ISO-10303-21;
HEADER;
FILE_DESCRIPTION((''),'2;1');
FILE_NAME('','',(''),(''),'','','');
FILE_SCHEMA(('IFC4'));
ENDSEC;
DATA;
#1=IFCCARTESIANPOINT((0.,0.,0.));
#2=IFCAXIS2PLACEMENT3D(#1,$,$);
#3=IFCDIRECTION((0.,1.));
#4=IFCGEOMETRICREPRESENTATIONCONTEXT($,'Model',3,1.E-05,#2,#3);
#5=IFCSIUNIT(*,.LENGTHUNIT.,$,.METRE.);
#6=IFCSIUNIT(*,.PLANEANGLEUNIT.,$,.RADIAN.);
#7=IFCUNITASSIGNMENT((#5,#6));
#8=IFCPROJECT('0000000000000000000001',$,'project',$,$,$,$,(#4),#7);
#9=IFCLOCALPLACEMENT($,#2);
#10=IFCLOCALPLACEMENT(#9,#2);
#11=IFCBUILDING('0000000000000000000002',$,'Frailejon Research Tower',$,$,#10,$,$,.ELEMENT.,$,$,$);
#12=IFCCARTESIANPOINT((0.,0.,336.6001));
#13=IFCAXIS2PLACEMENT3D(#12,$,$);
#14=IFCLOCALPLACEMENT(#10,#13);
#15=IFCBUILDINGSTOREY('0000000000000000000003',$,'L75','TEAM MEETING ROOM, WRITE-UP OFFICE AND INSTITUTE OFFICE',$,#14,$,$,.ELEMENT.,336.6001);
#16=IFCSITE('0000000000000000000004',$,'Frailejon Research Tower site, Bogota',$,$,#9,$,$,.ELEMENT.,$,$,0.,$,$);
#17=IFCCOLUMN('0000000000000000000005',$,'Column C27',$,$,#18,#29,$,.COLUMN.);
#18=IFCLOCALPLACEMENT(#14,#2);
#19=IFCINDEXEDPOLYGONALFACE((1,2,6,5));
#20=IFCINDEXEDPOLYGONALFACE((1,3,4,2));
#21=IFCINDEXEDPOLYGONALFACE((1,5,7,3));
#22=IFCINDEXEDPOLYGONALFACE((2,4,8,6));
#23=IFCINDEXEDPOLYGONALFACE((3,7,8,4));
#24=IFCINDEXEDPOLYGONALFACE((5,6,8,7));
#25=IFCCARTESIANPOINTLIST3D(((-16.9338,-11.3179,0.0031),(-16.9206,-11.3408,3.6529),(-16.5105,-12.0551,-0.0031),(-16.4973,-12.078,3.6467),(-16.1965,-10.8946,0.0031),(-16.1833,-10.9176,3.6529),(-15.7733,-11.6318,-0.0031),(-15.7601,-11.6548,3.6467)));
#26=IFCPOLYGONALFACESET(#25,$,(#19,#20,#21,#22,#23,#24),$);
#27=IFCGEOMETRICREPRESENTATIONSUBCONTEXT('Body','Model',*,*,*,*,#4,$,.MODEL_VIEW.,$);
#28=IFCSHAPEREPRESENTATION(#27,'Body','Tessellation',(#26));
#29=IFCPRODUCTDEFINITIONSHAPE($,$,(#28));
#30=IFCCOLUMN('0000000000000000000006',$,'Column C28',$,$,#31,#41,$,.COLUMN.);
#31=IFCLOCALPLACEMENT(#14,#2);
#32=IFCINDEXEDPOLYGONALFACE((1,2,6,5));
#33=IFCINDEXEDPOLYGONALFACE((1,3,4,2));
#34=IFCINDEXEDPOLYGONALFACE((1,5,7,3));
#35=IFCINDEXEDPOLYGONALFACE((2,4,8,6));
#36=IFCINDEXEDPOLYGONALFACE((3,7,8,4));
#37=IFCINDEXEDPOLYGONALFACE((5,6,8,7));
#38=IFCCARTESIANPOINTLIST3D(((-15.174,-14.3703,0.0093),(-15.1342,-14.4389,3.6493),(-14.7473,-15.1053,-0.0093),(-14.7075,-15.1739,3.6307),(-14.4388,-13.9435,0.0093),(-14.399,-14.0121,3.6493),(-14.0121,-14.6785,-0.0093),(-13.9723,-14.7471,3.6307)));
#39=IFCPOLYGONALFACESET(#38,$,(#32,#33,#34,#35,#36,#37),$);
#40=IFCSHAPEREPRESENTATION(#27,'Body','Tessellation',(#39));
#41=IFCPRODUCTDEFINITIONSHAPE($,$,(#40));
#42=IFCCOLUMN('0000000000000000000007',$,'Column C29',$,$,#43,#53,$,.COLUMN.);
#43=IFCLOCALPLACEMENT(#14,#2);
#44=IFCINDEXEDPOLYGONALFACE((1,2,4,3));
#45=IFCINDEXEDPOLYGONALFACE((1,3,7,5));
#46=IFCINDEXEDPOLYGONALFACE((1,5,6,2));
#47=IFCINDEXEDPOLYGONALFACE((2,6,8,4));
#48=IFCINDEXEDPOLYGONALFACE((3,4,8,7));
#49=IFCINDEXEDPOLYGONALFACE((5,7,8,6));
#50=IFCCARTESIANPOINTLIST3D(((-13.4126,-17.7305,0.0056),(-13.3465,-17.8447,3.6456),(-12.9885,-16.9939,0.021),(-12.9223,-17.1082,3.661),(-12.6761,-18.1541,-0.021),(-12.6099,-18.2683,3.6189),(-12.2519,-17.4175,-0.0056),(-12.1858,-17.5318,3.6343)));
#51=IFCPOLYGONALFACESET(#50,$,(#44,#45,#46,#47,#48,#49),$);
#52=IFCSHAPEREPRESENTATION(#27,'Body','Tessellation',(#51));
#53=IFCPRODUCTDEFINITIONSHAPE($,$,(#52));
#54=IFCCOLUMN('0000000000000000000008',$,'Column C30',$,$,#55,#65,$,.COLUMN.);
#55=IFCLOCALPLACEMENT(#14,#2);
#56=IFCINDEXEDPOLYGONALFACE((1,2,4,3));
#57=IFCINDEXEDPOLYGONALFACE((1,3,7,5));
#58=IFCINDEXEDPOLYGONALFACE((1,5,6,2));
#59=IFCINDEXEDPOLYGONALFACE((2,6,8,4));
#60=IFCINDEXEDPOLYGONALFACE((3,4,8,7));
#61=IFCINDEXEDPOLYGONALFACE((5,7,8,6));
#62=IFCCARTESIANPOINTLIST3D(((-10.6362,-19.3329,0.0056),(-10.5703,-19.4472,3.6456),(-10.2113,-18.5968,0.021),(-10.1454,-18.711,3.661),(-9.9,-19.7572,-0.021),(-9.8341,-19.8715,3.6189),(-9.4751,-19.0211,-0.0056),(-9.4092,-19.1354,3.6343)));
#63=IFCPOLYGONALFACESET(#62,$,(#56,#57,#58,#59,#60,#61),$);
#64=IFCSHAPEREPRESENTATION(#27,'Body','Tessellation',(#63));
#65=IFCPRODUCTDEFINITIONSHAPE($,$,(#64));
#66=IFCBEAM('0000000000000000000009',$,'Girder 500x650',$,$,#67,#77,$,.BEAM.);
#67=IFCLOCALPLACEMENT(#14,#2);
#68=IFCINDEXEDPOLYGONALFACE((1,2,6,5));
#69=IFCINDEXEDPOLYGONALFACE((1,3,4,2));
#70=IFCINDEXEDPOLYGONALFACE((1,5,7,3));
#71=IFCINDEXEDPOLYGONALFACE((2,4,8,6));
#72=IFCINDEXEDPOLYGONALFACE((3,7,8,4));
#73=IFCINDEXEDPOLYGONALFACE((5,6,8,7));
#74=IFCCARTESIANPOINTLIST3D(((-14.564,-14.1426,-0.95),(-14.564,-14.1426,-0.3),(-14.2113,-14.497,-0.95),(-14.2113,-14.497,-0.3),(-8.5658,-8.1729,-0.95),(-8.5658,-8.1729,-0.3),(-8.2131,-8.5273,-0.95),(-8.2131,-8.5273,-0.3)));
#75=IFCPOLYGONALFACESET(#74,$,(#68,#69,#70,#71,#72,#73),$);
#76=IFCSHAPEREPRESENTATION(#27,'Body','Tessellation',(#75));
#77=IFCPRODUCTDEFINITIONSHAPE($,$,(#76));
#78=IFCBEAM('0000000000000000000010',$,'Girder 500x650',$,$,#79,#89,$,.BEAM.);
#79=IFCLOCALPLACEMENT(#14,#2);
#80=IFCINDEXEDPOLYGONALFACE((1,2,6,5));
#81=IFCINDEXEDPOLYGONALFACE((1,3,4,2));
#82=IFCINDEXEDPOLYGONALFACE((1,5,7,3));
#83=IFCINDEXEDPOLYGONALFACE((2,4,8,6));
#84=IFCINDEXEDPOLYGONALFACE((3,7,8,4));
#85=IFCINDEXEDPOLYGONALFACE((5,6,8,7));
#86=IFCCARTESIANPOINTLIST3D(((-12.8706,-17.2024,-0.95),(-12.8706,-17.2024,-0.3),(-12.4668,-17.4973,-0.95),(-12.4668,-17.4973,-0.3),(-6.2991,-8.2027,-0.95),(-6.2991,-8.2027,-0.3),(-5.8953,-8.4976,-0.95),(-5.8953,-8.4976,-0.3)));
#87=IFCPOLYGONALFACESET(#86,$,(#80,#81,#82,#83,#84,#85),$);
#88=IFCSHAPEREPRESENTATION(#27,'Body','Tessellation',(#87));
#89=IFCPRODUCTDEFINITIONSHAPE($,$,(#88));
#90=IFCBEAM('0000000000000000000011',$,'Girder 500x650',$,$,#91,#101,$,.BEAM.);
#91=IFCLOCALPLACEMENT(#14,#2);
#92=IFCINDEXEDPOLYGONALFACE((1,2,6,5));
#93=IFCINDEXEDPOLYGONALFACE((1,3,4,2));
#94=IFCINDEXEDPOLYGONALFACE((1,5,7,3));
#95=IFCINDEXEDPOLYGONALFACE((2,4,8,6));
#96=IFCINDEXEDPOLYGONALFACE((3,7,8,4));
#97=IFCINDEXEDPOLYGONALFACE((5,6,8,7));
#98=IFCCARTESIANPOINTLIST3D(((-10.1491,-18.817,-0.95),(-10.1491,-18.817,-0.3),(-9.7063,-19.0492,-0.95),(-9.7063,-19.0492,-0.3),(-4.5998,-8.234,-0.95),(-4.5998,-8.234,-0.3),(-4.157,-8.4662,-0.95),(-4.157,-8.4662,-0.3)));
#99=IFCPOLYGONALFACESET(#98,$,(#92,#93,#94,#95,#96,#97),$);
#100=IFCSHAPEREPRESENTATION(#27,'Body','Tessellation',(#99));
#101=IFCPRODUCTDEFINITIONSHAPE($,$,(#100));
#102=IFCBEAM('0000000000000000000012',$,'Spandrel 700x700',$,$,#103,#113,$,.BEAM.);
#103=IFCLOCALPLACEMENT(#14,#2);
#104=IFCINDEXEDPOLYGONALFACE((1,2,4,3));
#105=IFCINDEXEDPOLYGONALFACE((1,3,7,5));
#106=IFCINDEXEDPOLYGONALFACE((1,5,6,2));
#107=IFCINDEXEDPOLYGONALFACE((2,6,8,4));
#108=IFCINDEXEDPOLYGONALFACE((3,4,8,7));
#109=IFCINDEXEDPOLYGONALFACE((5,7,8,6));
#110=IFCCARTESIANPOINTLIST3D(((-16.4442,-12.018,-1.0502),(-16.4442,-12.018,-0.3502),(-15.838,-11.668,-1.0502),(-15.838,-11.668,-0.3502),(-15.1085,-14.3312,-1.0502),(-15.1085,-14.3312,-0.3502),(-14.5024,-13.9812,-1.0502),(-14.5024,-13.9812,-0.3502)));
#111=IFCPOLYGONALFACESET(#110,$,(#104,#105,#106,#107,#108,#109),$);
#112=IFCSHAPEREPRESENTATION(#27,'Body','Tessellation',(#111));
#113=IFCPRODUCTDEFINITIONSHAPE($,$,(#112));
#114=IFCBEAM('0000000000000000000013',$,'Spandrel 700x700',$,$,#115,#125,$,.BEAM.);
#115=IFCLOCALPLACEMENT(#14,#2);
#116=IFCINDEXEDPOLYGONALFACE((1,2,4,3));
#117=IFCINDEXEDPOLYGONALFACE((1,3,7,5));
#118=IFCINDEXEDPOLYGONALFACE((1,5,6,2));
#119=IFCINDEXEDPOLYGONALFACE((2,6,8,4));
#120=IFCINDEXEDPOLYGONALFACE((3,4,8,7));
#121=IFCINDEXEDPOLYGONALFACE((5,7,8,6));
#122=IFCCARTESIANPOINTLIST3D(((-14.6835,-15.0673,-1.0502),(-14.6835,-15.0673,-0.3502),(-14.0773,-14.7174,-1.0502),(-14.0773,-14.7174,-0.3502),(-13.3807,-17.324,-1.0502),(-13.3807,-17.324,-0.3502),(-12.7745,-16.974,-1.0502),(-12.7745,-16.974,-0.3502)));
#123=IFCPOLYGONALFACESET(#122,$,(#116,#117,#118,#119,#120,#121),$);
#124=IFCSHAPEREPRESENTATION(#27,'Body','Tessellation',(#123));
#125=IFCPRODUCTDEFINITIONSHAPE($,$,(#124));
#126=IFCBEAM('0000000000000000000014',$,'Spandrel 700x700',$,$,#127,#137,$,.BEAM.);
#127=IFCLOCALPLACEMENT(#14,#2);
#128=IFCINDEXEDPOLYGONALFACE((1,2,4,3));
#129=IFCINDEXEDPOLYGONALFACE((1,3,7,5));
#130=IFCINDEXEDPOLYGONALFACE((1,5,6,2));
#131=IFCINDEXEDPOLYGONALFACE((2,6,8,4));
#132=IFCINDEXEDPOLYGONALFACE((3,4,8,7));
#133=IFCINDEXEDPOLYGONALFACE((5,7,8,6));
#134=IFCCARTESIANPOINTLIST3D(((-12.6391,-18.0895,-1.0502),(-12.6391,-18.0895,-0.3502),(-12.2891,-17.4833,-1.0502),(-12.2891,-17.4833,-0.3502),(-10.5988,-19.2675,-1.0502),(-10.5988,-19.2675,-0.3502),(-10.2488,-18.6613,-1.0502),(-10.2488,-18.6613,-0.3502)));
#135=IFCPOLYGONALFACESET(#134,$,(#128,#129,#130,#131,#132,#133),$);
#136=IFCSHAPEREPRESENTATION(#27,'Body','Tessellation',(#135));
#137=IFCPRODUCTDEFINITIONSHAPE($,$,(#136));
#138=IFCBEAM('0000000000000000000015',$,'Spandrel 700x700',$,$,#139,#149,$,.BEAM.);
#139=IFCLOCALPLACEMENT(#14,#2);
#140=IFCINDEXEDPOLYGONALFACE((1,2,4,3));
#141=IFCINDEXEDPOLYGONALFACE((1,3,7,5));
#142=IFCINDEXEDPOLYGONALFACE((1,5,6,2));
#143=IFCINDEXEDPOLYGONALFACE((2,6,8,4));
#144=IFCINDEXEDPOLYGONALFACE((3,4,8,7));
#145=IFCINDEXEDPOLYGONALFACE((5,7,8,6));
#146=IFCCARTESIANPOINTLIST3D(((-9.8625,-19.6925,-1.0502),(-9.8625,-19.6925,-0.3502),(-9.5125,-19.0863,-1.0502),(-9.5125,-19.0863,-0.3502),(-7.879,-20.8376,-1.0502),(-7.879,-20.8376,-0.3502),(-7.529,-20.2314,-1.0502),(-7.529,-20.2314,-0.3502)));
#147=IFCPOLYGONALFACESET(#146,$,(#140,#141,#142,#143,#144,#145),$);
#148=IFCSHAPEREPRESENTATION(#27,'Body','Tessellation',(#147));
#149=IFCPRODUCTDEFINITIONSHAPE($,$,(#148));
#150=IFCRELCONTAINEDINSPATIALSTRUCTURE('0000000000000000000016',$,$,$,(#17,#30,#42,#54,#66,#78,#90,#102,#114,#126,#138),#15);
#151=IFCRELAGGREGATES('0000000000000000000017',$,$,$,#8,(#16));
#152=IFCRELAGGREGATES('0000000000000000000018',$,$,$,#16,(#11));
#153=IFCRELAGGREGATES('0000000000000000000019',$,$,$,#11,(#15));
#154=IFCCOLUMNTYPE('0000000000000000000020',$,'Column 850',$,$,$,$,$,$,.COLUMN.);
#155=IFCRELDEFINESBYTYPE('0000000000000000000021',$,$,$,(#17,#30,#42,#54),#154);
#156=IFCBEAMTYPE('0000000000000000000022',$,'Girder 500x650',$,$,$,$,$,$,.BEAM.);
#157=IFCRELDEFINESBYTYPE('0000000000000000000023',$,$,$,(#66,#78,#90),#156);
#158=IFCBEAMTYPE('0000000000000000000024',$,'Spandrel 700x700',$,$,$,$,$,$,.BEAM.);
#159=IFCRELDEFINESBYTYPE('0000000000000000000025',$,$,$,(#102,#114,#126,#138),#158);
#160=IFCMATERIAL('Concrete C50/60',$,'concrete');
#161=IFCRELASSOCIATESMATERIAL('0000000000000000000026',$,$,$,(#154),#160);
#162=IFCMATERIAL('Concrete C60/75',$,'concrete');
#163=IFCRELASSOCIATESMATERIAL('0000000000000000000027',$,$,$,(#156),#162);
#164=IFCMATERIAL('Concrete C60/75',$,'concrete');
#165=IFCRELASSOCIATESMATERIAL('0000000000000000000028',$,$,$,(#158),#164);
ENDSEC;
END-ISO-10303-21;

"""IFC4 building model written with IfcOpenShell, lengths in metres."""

from ifc_helpers import new_model, si_unit, direction, frame, origin, origin_2d, place, context, subcontext, project, spatial, rectangle, extrude, material, material_profile, profile_set, type_object, element, save


model = new_model("IFC4")

# Units and contexts
model_context = context("Model", 3, precision=1e-05, world=origin(), true_north=direction((0.0, 1.0)))
body_context = subcontext(model_context, "Body", "Model", "MODEL_VIEW")
ifc_project = project(units=[si_unit("LENGTHUNIT", "METRE"), si_unit("PLANEANGLEUNIT", "RADIAN")], contexts=[model_context])

# Site, building, storey
site_placement = place(None, origin())
site = spatial("IfcSite", under=ifc_project, at=site_placement, Name="Frailejon Research Tower site, Bogota", CompositionType="ELEMENT", RefElevation=0.0)
building_placement = place(site_placement, origin())
building = spatial("IfcBuilding", under=site, at=building_placement, Name="Frailejon Research Tower", CompositionType="ELEMENT")
storey_placement = place(building_placement, frame((0.0, 0.0, 336.6001)))
storey = spatial("IfcBuildingStorey", under=building, at=storey_placement, Name="L75", Description="TEAM MEETING ROOM, WRITE-UP OFFICE AND INSTITUTE OFFICE", CompositionType="ELEMENT", Elevation=336.6001)

# Columns
ifc_material_1 = material(Name="Concrete C50/60", Category="concrete")
ifc_material_profile_1 = material_profile(ifc_material_1, rectangle(XDim=0.8501, YDim=0.8501, at=origin_2d()), Name="Column 850")
ifc_profile_set_1 = profile_set([ifc_material_profile_1], Name="Concrete C50/60")
column_type = type_object("IfcColumnType", Name="Column 850", PredefinedType="COLUMN", material=ifc_profile_set_1)
column_1_placement = place(storey_placement, frame((-16.3535, -11.4749, 0.0), z_axis=(0.003612, -0.006287, 0.999974), x_axis=(0.49789, -0.86721, -0.007251)))
element("IfcColumn", 1, at=column_1_placement, inside=storey, type_object=column_type, Name="Column C27", PredefinedType="COLUMN", context=body_context, shape_type="SweptSolid", body=[
    extrude(rectangle(XDim=0.8501, YDim=0.8501, at=origin_2d()), origin(), (0.0, 0.0, 1.0), 3.6499),
])
column_2_placement = place(storey_placement, frame((-14.593, -14.5244, 0.0), z_axis=(0.01093, -0.018843, 0.999763), x_axis=(0.501923, -0.864638, -0.021784)))
element("IfcColumn", 2, at=column_2_placement, inside=storey, type_object=column_type, Name="Column C28", PredefinedType="COLUMN", context=body_context, shape_type="SweptSolid", body=[
    extrude(rectangle(XDim=0.8501, YDim=0.8501, at=origin_2d()), origin(), (0.0, 0.0, 1.0), 3.6409),
])
for number, where, z_axis, x_axis, name in (
    (3, (-12.8323, -17.574, 0.0), (0.018165, -0.03137, 0.999343), (0.866442, -0.49829, -0.031391), "Column C29"),
    (4, (-10.0557, -19.177, 0.0), (0.018098, -0.03137, 0.999344), (0.865942, -0.499161, -0.031351), "Column C30"),
):
    element("IfcColumn", number, at=place(storey_placement, frame(where, z_axis=z_axis, x_axis=x_axis)), inside=storey, type_object=column_type, Name=name, PredefinedType="COLUMN", context=body_context, shape_type="SweptSolid", body=[
        extrude(rectangle(XDim=0.8501, YDim=0.8501, at=origin_2d()), origin(), (0.0, 0.0, 1.0), 3.6423),
    ])

# Beams
ifc_material_2 = material(Name="Concrete C60/75", Category="concrete")
ifc_material_profile_2 = material_profile(ifc_material_2, rectangle(XDim=0.5, YDim=0.6499, at=origin_2d()), Name="Girder 500x650")
ifc_profile_set_2 = profile_set([ifc_material_profile_2], Name="Concrete C60/75")
beam_type_1 = type_object("IfcBeamType", Name="Girder 500x650", PredefinedType="BEAM", material=ifc_profile_set_2)
beam_1_placement = place(storey_placement, frame((-14.3877, -14.3198, -0.625), z_axis=(0.708792, 0.705417, 0.0), x_axis=(-0.705417, 0.708792, 0.0)))
element("IfcBeam", 5, at=beam_1_placement, inside=storey, type_object=beam_type_1, Name="Girder 500x650", PredefinedType="BEAM", context=body_context, shape_type="SweptSolid", body=[
    extrude(rectangle(XDim=0.5, YDim=0.6499, at=origin_2d()), origin(), (0.0, 0.0, 1.0), 8.4626),
])
beam_2_placement = place(storey_placement, frame((-12.6687, -17.3499, -0.625), z_axis=(0.589712, 0.807614, 0.0), x_axis=(-0.807614, 0.589712, 0.0)))
element("IfcBeam", 6, at=beam_2_placement, inside=storey, type_object=beam_type_1, Name="Girder 500x650", PredefinedType="BEAM", context=body_context, shape_type="SweptSolid", body=[
    extrude(rectangle(XDim=0.5, YDim=0.6499, at=origin_2d()), origin(), (0.0, 0.0, 1.0), 11.1436),
])
beam_3_placement = place(storey_placement, frame((-9.9277, -18.9331, -0.625), z_axis=(0.46439, 0.885631, 0.0), x_axis=(-0.885631, 0.46439, 0.0)))
element("IfcBeam", 7, at=beam_3_placement, inside=storey, type_object=beam_type_1, Name="Girder 500x650", PredefinedType="BEAM", context=body_context, shape_type="SweptSolid", body=[
    extrude(rectangle(XDim=0.5, YDim=0.6499, at=origin_2d()), origin(), (0.0, 0.0, 1.0), 11.9497),
])
ifc_material_3 = material(Name="Concrete C60/75", Category="concrete")
ifc_material_profile_3 = material_profile(ifc_material_3, rectangle(XDim=0.7, YDim=0.7, at=origin_2d()), Name="Spandrel 700x700")
ifc_profile_set_3 = profile_set([ifc_material_profile_3], Name="Concrete C60/75")
beam_type_2 = type_object("IfcBeamType", Name="Spandrel 700x700", PredefinedType="BEAM", material=ifc_profile_set_3)
beam_4_placement = place(storey_placement, frame((-16.1411, -11.843, -0.7002), z_axis=(0.500042, -0.866001, 0.0), x_axis=(0.866001, 0.500042, 0.0)))
element("IfcBeam", 8, at=beam_4_placement, inside=storey, type_object=beam_type_2, Name="Spandrel 700x700", PredefinedType="BEAM", context=body_context, shape_type="SweptSolid", body=[
    extrude(rectangle(XDim=0.7, YDim=0.7, at=origin_2d()), origin(), (0.0, 0.0, 1.0), 2.6711),
])
beam_5_placement = place(storey_placement, frame((-14.3804, -14.8923, -0.7002), z_axis=(0.499968, -0.866044, 0.0), x_axis=(0.866044, 0.499968, 0.0)))
element("IfcBeam", 9, at=beam_5_placement, inside=storey, type_object=beam_type_2, Name="Spandrel 700x700", PredefinedType="BEAM", context=body_context, shape_type="SweptSolid", body=[
    extrude(rectangle(XDim=0.7, YDim=0.7, at=origin_2d()), origin(), (0.0, 0.0, 1.0), 2.6057),
])
beam_6_placement = place(storey_placement, frame((-12.4641, -17.7864, -0.7002), z_axis=(0.866022, -0.500007, 0.0), x_axis=(0.500007, 0.866022, 0.0)))
element("IfcBeam", 10, at=beam_6_placement, inside=storey, type_object=beam_type_2, Name="Spandrel 700x700", PredefinedType="BEAM", context=body_context, shape_type="SweptSolid", body=[
    extrude(rectangle(XDim=0.7, YDim=0.7, at=origin_2d()), origin(), (0.0, 0.0, 1.0), 2.356),
])
beam_7_placement = place(storey_placement, frame((-9.6875, -19.3894, -0.7002), z_axis=(0.866044, -0.499969, 0.0), x_axis=(0.499969, 0.866044, 0.0)))
element("IfcBeam", 11, at=beam_7_placement, inside=storey, type_object=beam_type_2, Name="Spandrel 700x700", PredefinedType="BEAM", context=body_context, shape_type="SweptSolid", body=[
    extrude(rectangle(XDim=0.7, YDim=0.7, at=origin_2d()), origin(), (0.0, 0.0, 1.0), 2.2903),
])

save(model, "model.ifc")
